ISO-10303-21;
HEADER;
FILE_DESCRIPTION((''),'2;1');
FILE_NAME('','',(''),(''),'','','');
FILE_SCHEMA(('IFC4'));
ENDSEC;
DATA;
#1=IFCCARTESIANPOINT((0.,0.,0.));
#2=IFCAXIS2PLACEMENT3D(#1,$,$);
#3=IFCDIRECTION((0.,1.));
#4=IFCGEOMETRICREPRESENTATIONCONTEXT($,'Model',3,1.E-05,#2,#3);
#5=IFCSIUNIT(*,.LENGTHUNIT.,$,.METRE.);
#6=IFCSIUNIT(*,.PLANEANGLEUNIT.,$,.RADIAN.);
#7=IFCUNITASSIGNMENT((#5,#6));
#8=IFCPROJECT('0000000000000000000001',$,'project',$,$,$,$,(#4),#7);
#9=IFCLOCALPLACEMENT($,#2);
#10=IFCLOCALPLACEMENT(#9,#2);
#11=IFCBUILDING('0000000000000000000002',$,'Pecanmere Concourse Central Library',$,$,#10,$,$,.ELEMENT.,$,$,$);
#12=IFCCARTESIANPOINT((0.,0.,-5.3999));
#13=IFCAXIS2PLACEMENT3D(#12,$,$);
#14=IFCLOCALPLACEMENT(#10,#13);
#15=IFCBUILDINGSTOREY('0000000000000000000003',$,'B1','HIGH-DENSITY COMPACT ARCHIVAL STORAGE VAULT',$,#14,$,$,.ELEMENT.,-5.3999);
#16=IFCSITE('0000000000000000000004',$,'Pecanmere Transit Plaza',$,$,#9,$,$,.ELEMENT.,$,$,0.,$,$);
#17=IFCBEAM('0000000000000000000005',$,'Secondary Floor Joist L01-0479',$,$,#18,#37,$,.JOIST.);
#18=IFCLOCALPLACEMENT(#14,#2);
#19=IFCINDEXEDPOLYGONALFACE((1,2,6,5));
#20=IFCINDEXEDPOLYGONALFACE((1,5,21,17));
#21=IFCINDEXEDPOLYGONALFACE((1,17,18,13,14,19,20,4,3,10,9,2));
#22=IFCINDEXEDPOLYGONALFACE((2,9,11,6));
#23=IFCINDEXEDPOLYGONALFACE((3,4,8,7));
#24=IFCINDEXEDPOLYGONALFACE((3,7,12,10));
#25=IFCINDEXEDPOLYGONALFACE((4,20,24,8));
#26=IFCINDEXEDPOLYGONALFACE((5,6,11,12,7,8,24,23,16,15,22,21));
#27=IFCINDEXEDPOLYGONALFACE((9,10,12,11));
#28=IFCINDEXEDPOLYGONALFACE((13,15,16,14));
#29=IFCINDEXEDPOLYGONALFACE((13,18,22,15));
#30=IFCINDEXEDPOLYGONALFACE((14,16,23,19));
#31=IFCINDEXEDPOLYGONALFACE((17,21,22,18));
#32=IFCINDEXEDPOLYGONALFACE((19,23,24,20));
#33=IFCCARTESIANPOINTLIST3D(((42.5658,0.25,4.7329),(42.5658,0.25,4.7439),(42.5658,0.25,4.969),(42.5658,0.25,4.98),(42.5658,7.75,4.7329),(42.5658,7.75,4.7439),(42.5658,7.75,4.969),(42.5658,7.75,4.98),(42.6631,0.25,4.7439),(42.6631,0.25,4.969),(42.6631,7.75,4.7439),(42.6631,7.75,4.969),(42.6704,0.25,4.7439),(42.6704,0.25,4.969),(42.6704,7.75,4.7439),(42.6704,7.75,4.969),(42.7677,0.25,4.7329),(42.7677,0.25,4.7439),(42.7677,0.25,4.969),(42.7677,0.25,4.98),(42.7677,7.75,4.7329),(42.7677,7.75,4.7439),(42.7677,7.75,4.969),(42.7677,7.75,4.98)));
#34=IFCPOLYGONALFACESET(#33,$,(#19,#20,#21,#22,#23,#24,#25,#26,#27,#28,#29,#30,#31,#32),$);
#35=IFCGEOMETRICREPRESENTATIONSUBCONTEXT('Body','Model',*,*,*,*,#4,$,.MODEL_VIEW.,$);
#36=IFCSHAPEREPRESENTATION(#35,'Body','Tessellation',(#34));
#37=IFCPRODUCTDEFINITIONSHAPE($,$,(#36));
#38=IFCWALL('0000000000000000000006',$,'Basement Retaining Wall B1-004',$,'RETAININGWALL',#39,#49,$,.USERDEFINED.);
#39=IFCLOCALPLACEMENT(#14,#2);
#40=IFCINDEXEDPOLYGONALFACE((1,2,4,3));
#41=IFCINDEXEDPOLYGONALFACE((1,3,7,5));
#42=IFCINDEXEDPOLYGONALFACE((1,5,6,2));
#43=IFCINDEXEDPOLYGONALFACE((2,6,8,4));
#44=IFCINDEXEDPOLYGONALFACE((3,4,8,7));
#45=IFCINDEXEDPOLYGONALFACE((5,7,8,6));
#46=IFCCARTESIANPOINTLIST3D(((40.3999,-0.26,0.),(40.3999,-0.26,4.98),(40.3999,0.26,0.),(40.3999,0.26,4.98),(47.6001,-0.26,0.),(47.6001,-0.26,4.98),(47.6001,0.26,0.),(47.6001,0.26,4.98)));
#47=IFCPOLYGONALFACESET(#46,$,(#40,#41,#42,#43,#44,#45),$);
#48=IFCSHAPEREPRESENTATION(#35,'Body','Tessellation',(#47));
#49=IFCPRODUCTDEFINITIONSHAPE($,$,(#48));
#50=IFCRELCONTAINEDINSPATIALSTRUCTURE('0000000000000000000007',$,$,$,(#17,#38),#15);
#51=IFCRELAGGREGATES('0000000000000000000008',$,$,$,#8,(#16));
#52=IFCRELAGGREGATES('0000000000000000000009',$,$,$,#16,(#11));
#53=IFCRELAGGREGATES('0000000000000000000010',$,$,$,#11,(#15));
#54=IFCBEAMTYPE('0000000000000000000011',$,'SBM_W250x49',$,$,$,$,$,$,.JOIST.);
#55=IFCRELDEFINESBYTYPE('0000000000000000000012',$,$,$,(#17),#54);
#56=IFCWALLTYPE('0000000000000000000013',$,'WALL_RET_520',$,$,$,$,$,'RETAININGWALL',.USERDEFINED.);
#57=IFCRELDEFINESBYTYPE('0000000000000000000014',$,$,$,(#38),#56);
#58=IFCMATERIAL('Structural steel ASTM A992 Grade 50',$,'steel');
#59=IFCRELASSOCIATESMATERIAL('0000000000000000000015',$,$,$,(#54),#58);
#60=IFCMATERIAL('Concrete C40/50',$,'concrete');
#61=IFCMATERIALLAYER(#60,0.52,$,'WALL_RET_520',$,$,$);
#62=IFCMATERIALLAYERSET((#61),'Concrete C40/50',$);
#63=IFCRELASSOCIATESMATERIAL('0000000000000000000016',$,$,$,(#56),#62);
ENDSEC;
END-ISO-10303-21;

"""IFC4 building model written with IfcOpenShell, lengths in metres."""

from ifc_helpers import new_model, si_unit, direction, frame, frame_2d, origin, origin_2d, place, context, subcontext, project, spatial, rectangle, i_section, extrude, material, layer, layer_set, material_profile, profile_set, type_object, element, save


model = new_model("IFC4")

# Units and contexts
model_context = context("Model", 3, precision=1e-05, world=origin(), true_north=direction((0.0, 1.0)))
body_context = subcontext(model_context, "Body", "Model", "MODEL_VIEW")
ifc_project = project(units=[si_unit("LENGTHUNIT", "METRE"), si_unit("PLANEANGLEUNIT", "RADIAN")], contexts=[model_context])

# Site, building, storey
site_placement = place(None, origin())
site = spatial("IfcSite", under=ifc_project, at=site_placement, Name="Pecanmere Transit Plaza", CompositionType="ELEMENT", RefElevation=0.0)
building_placement = place(site_placement, origin())
building = spatial("IfcBuilding", under=site, at=building_placement, Name="Pecanmere Concourse Central Library", CompositionType="ELEMENT")
storey_placement = place(building_placement, frame((0.0, 0.0, -5.3999)))
storey = spatial("IfcBuildingStorey", under=building, at=storey_placement, Name="B1", Description="HIGH-DENSITY COMPACT ARCHIVAL STORAGE VAULT", CompositionType="ELEMENT", Elevation=-5.3999)

# Beam
ifc_material_1 = material(Name="Structural steel ASTM A992 Grade 50", Category="steel")
ifc_material_profile_1 = material_profile(ifc_material_1, i_section(OverallWidth=0.2019, OverallDepth=0.2471, WebThickness=0.0073, FlangeThickness=0.011, at=origin_2d()), Name="W250x49.1")
ifc_profile_set_1 = profile_set([ifc_material_profile_1], Name="Structural steel ASTM A992 Grade 50")
beam_type_1 = type_object("IfcBeamType", Name="SBM_W250x49", PredefinedType="JOIST", material=ifc_profile_set_1)
beam_1_placement = place(storey_placement, frame((42.6667, 0.25, 4.8564), z_axis=(0.0, 1.0, 0.0), x_axis=(-1.0, 0.0, 0.0)))
element("IfcBeam", 1, at=beam_1_placement, inside=storey, type_object=beam_type_1, Name="Secondary Floor Joist L01-0479", PredefinedType="JOIST", context=body_context, shape_type="SweptSolid", body=[
    extrude(i_section(OverallWidth=0.2019, OverallDepth=0.2471, WebThickness=0.0073, FlangeThickness=0.011, at=origin_2d()), origin(), (0.0, 0.0, 1.0), 7.5),
])

# Wall
ifc_material_2 = material(Name="Concrete C40/50", Category="concrete")
ifc_layer = layer(ifc_material_2, 0.52, Name="WALL_RET_520")
ifc_layer_set = layer_set([ifc_layer], Name="Concrete C40/50")
wall_type = type_object("IfcWallType", Name="WALL_RET_520", ElementType="RETAININGWALL", PredefinedType="USERDEFINED", material=ifc_layer_set)
wall_placement = place(storey_placement, frame((40.3999, 0.0, 0.0), z_axis=(0.0, 0.0, 1.0), x_axis=(1.0, 0.0, 0.0)))
element("IfcWall", 2, at=wall_placement, inside=storey, type_object=wall_type, Name="Basement Retaining Wall B1-004", ObjectType="RETAININGWALL", PredefinedType="USERDEFINED", context=body_context, shape_type="SweptSolid", body=[
    extrude(rectangle(XDim=7.2002, YDim=0.52, at=frame_2d((3.6001, 0.0))), origin(), (0.0, 0.0, 1.0), 4.98),
])

save(model, "model.ifc")
